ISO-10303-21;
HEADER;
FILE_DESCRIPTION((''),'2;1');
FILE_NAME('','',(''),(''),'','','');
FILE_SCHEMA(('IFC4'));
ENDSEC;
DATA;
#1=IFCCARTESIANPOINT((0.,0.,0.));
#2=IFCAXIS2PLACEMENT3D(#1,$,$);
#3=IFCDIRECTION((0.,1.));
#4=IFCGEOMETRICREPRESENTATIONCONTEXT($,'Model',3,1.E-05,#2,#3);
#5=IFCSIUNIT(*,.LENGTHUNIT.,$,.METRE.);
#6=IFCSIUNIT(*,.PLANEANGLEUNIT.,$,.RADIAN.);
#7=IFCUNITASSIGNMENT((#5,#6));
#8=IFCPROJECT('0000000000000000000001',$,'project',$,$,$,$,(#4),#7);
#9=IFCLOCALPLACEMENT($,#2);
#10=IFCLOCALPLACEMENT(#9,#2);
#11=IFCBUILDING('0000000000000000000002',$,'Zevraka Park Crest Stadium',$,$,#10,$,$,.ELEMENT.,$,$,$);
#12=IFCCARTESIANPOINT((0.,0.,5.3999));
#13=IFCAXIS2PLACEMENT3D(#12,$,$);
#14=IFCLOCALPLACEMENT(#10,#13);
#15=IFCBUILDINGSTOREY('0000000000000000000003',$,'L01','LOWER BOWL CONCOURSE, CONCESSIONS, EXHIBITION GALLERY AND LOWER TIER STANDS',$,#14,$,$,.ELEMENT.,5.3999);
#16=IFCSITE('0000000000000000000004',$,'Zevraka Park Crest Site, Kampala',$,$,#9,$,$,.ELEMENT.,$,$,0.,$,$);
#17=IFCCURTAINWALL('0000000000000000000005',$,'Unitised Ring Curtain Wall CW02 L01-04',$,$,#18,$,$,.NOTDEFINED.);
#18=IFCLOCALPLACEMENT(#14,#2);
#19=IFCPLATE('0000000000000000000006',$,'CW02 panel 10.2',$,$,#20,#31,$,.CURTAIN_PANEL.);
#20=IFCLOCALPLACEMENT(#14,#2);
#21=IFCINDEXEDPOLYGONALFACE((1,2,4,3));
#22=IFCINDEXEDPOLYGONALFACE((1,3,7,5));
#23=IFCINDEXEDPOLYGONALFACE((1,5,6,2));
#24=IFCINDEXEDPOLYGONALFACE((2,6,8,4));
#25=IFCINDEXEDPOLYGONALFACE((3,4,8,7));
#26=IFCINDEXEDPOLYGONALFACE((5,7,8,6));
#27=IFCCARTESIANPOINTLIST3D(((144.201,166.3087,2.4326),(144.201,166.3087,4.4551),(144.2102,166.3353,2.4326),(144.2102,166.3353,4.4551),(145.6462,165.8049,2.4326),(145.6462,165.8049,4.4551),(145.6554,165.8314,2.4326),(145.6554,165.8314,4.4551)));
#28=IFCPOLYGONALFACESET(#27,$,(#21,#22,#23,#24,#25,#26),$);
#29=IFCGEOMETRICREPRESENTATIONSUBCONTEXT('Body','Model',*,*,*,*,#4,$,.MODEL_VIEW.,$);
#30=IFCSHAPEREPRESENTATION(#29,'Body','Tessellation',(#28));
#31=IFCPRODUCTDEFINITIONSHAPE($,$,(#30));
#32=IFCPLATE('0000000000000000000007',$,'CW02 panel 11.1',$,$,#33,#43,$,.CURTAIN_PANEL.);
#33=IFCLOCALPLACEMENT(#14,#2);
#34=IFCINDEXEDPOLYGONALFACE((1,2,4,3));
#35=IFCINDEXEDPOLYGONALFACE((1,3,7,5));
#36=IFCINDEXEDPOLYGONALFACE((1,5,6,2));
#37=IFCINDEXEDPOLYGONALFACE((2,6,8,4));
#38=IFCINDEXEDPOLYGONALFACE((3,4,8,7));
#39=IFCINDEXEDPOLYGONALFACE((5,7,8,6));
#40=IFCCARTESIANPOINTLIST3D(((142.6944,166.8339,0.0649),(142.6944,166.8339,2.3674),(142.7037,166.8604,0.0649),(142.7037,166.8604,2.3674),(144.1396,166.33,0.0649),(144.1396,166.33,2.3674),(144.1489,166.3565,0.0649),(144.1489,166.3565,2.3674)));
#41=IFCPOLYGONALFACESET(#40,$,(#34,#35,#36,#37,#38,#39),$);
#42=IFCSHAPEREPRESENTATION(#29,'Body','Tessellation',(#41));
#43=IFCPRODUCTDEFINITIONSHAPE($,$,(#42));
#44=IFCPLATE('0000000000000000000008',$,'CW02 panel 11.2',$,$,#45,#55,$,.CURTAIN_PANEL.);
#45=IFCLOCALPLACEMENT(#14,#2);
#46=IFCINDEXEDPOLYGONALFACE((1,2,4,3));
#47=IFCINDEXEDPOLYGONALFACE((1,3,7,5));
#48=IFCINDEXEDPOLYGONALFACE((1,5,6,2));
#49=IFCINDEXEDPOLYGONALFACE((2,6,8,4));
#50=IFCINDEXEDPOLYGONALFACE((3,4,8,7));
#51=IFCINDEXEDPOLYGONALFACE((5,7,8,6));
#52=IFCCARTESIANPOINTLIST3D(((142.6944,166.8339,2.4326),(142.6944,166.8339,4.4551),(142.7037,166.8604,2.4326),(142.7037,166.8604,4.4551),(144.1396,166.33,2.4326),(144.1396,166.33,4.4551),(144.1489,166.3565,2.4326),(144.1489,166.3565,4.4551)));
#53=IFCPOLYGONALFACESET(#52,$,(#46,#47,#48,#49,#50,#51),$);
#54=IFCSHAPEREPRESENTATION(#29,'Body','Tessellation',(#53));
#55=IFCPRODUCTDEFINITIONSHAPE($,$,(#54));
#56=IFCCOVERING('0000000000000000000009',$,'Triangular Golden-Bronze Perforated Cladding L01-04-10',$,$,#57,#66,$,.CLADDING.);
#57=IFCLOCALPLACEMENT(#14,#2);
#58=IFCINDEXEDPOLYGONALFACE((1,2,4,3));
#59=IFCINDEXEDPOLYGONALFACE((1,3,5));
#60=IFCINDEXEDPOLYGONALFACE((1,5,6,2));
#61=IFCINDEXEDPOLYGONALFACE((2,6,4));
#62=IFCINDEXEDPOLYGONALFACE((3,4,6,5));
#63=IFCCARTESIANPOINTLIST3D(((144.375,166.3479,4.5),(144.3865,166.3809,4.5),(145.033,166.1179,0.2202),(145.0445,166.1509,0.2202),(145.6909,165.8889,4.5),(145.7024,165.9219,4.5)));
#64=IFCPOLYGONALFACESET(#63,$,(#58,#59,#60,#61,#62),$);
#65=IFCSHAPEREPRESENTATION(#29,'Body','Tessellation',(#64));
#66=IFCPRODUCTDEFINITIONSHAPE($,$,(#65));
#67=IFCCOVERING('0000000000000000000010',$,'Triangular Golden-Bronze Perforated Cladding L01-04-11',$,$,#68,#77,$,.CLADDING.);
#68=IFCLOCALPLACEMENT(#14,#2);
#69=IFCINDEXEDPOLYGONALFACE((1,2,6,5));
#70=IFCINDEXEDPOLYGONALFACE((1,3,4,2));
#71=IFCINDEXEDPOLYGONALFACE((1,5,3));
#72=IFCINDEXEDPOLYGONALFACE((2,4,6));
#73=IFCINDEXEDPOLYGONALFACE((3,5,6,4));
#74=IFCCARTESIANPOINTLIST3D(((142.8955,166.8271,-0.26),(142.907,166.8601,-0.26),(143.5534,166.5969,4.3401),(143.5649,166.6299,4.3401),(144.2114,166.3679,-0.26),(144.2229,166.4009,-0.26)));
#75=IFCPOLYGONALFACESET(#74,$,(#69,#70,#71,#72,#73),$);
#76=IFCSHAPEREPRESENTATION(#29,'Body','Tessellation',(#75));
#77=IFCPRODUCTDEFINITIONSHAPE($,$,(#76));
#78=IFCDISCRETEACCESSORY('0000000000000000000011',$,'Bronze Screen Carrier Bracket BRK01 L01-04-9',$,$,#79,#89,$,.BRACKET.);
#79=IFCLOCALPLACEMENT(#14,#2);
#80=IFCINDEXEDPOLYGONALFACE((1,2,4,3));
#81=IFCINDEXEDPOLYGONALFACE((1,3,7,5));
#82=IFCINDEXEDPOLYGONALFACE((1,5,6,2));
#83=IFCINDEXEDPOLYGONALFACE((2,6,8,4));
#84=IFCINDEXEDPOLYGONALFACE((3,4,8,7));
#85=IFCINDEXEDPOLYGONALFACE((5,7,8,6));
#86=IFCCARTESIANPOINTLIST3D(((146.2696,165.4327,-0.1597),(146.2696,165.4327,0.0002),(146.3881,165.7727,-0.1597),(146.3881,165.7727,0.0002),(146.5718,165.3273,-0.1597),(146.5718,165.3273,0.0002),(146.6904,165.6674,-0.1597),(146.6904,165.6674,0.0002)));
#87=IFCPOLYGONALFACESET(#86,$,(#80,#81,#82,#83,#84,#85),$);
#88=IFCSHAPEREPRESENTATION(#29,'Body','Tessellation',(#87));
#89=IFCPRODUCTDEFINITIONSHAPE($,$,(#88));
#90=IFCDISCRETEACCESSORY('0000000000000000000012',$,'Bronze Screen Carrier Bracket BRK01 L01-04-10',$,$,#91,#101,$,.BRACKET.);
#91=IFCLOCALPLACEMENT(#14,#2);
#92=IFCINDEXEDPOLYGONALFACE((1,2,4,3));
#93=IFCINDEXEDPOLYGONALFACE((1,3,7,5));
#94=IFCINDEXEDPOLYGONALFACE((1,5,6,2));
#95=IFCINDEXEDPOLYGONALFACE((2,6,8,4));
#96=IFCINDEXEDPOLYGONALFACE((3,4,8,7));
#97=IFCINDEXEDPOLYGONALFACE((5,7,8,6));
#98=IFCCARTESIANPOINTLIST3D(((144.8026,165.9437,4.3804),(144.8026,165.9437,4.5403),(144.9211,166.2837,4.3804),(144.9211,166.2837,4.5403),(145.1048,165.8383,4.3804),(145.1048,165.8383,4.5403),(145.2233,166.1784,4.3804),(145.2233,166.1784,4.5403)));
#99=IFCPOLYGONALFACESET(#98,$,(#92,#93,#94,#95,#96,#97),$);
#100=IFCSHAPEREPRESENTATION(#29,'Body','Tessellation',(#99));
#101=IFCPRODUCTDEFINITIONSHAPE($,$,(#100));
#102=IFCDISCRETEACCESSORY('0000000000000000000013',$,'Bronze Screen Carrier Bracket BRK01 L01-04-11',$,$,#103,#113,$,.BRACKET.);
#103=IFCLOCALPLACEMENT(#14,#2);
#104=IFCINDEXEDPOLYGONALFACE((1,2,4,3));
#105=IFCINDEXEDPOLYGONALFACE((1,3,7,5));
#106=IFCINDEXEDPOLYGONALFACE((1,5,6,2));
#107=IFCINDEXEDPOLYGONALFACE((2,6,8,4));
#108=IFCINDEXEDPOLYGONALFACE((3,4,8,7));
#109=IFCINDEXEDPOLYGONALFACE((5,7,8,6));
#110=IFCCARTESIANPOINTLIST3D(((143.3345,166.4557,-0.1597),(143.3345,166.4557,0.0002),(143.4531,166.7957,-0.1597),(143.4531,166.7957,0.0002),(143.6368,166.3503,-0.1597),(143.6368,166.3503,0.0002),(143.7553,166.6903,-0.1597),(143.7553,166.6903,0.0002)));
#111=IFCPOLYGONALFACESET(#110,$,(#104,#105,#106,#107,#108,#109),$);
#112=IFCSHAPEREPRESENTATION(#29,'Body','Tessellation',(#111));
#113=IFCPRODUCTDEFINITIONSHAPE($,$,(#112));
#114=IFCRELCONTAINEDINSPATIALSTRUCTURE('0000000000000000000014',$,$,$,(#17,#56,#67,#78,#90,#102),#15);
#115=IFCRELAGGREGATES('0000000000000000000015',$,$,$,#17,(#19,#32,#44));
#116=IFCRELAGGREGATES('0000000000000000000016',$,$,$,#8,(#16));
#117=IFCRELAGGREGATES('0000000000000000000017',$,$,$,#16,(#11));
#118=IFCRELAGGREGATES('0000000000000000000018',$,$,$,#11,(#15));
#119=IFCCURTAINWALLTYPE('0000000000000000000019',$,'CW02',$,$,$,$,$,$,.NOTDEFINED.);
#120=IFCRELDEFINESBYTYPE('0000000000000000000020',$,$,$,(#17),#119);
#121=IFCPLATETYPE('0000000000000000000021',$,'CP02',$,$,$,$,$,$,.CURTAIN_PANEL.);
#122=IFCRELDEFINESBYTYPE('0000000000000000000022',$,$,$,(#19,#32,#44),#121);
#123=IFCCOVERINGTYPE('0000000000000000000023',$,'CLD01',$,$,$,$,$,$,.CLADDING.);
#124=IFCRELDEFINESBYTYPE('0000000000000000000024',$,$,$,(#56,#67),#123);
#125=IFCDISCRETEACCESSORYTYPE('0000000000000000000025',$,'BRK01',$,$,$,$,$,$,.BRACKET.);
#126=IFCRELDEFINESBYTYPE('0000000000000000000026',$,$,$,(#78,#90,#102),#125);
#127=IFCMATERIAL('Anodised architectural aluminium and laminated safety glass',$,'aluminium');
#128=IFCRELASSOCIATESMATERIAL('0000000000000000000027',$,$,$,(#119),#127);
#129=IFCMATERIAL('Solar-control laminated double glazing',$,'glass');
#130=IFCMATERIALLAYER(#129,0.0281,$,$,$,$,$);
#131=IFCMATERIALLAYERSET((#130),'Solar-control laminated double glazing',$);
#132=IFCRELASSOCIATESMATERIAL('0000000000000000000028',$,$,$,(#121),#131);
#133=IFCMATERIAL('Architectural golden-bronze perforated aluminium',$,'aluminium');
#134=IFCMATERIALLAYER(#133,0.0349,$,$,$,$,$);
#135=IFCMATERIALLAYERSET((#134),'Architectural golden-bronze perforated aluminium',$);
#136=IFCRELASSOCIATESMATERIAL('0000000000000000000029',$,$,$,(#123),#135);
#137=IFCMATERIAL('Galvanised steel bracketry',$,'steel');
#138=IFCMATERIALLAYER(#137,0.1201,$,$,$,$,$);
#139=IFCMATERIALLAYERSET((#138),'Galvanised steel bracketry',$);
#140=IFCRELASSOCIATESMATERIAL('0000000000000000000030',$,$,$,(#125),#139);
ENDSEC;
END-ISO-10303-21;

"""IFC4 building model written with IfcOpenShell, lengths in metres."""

from ifc_helpers import new_model, si_unit, direction, frame, origin, origin_2d, place, context, subcontext, project, spatial, polyline, rectangle, outline, extrude, material, layer, layer_set, type_object, element, aggregate, save


model = new_model("IFC4")

# Units and contexts
model_context = context("Model", 3, precision=1e-05, world=origin(), true_north=direction((0.0, 1.0)))
body_context = subcontext(model_context, "Body", "Model", "MODEL_VIEW")
ifc_project = project(units=[si_unit("LENGTHUNIT", "METRE"), si_unit("PLANEANGLEUNIT", "RADIAN")], contexts=[model_context])

# Site, building, storey
site_placement = place(None, origin())
site = spatial("IfcSite", under=ifc_project, at=site_placement, Name="Zevraka Park Crest Site, Kampala", CompositionType="ELEMENT", RefElevation=0.0)
building_placement = place(site_placement, origin())
building = spatial("IfcBuilding", under=site, at=building_placement, Name="Zevraka Park Crest Stadium", CompositionType="ELEMENT")
storey_placement = place(building_placement, frame((0.0, 0.0, 5.3999)))
storey = spatial("IfcBuildingStorey", under=building, at=storey_placement, Name="L01", Description="LOWER BOWL CONCOURSE, CONCESSIONS, EXHIBITION GALLERY AND LOWER TIER STANDS", CompositionType="ELEMENT", Elevation=5.3999)

# Curtain wall, plates
ifc_material_1 = material(Name="Anodised architectural aluminium and laminated safety glass", Category="aluminium")
curtain_wall_type = type_object("IfcCurtainWallType", Name="CW02", PredefinedType="NOTDEFINED", material=ifc_material_1)
curtain_wall_placement = place(storey_placement, origin())
curtain_wall = element("IfcCurtainWall", 1, at=curtain_wall_placement, inside=storey, type_object=curtain_wall_type, Name="Unitised Ring Curtain Wall CW02 L01-04", PredefinedType="NOTDEFINED")
ifc_material_2 = material(Name="Solar-control laminated double glazing", Category="glass")
ifc_layer_1 = layer(ifc_material_2, 0.0281)
ifc_layer_set_1 = layer_set([ifc_layer_1], Name="Solar-control laminated double glazing")
plate_type = type_object("IfcPlateType", Name="CP02", PredefinedType="CURTAIN_PANEL", material=ifc_layer_set_1)
plate_1_placement = place(storey_placement, frame((144.9282, 166.0701, 2.4326), z_axis=(0.0, 0.0, 1.0), x_axis=(-0.944257, 0.329209, 0.0)))
plate_1 = element("IfcPlate", 2, at=plate_1_placement, type_object=plate_type, Name="CW02 panel 10.2", PredefinedType="CURTAIN_PANEL", context=body_context, shape_type="SweptSolid", body=[
    extrude(rectangle(XDim=1.5305, YDim=0.0281, at=origin_2d()), origin(), (0.0, 0.0, 1.0), 2.0225),
])
plate_2_placement = place(storey_placement, frame((143.4216, 166.5952, 0.0649), z_axis=(0.0, 0.0, 1.0), x_axis=(-0.944257, 0.329209, 0.0)))
plate_2 = element("IfcPlate", 3, at=plate_2_placement, type_object=plate_type, Name="CW02 panel 11.1", PredefinedType="CURTAIN_PANEL", context=body_context, shape_type="SweptSolid", body=[
    extrude(rectangle(XDim=1.5305, YDim=0.0281, at=origin_2d()), origin(), (0.0, 0.0, 1.0), 2.3025),
])
plate_3_placement = place(storey_placement, frame((143.4216, 166.5952, 2.4326), z_axis=(0.0, 0.0, 1.0), x_axis=(-0.944257, 0.329209, 0.0)))
plate_3 = element("IfcPlate", 4, at=plate_3_placement, type_object=plate_type, Name="CW02 panel 11.2", PredefinedType="CURTAIN_PANEL", context=body_context, shape_type="SweptSolid", body=[
    extrude(rectangle(XDim=1.5305, YDim=0.0281, at=origin_2d()), origin(), (0.0, 0.0, 1.0), 2.0225),
])
aggregate(curtain_wall, [plate_1, plate_2, plate_3])

# Coverings
ifc_material_3 = material(Name="Architectural golden-bronze perforated aluminium", Category="aluminium")
ifc_layer_2 = layer(ifc_material_3, 0.0349)
ifc_layer_set_2 = layer_set([ifc_layer_2], Name="Architectural golden-bronze perforated aluminium")
covering_type = type_object("IfcCoveringType", Name="CLD01", PredefinedType="CLADDING", material=ifc_layer_set_2)
covering_1_placement = place(storey_placement, frame((144.375, 166.3479, 4.5), z_axis=(-0.329336, -0.944213, 0.000108), x_axis=(0.944213, -0.329336, 0.0)))
element("IfcCovering", 5, at=covering_1_placement, inside=storey, type_object=covering_type, Name="Triangular Golden-Bronze Perforated Cladding L01-04-10", PredefinedType="CLADDING", context=body_context, shape_type="SweptSolid", body=[
    extrude(outline(polyline([(0.0, 0.0), (1.3937, 0.0), (0.697, -4.2798), (0.0, 0.0)])), origin(), (0.0, 0.0, -1.0), 0.0349),
])
covering_2_placement = place(storey_placement, frame((144.2229, 166.4009, -0.26), z_axis=(0.329492, 0.944158, 0.000125), x_axis=(-0.944158, 0.329492, 0.0)))
element("IfcCovering", 6, at=covering_2_placement, inside=storey, type_object=covering_type, Name="Triangular Golden-Bronze Perforated Cladding L01-04-11", PredefinedType="CLADDING", context=body_context, shape_type="SweptSolid", body=[
    extrude(outline(polyline([(0.0, 0.0), (1.3937, 0.0), (0.6967, 4.6001), (0.0, 0.0)])), origin(), (0.0, 0.0, -1.0), 0.0349),
])

# Discrete accessories
ifc_material_4 = material(Name="Galvanised steel bracketry", Category="steel")
ifc_layer_3 = layer(ifc_material_4, 0.1201)
ifc_layer_set_3 = layer_set([ifc_layer_3], Name="Galvanised steel bracketry")
discrete_accessory_type = type_object("IfcDiscreteAccessoryType", Name="BRK01", PredefinedType="BRACKET", material=ifc_layer_set_3)
for number, where, z_axis, x_axis, name in (
    (7, (146.48, 165.55, -0.1597), (0.0, 0.0, 1.0), (-0.944262, 0.329196, 0.0), "Bronze Screen Carrier Bracket BRK01 L01-04-9"),
    (8, (145.0129, 166.061, 4.3804), (0.0, 0.0, 1.0), (-0.944262, 0.329196, 0.0), "Bronze Screen Carrier Bracket BRK01 L01-04-10"),
    (9, (143.5449, 166.573, -0.1597), (0.0, 0.0, 1.0), (-0.944262, 0.329196, 0.0), "Bronze Screen Carrier Bracket BRK01 L01-04-11"),
):
    element("IfcDiscreteAccessory", number, at=place(storey_placement, frame(where, z_axis=z_axis, x_axis=x_axis)), inside=storey, type_object=discrete_accessory_type, Name=name, PredefinedType="BRACKET", context=body_context, shape_type="SweptSolid", body=[
        extrude(rectangle(XDim=0.3201, YDim=0.3601, at=origin_2d()), origin(), (0.0, 0.0, 1.0), 0.1599),
    ])

save(model, "model.ifc")
